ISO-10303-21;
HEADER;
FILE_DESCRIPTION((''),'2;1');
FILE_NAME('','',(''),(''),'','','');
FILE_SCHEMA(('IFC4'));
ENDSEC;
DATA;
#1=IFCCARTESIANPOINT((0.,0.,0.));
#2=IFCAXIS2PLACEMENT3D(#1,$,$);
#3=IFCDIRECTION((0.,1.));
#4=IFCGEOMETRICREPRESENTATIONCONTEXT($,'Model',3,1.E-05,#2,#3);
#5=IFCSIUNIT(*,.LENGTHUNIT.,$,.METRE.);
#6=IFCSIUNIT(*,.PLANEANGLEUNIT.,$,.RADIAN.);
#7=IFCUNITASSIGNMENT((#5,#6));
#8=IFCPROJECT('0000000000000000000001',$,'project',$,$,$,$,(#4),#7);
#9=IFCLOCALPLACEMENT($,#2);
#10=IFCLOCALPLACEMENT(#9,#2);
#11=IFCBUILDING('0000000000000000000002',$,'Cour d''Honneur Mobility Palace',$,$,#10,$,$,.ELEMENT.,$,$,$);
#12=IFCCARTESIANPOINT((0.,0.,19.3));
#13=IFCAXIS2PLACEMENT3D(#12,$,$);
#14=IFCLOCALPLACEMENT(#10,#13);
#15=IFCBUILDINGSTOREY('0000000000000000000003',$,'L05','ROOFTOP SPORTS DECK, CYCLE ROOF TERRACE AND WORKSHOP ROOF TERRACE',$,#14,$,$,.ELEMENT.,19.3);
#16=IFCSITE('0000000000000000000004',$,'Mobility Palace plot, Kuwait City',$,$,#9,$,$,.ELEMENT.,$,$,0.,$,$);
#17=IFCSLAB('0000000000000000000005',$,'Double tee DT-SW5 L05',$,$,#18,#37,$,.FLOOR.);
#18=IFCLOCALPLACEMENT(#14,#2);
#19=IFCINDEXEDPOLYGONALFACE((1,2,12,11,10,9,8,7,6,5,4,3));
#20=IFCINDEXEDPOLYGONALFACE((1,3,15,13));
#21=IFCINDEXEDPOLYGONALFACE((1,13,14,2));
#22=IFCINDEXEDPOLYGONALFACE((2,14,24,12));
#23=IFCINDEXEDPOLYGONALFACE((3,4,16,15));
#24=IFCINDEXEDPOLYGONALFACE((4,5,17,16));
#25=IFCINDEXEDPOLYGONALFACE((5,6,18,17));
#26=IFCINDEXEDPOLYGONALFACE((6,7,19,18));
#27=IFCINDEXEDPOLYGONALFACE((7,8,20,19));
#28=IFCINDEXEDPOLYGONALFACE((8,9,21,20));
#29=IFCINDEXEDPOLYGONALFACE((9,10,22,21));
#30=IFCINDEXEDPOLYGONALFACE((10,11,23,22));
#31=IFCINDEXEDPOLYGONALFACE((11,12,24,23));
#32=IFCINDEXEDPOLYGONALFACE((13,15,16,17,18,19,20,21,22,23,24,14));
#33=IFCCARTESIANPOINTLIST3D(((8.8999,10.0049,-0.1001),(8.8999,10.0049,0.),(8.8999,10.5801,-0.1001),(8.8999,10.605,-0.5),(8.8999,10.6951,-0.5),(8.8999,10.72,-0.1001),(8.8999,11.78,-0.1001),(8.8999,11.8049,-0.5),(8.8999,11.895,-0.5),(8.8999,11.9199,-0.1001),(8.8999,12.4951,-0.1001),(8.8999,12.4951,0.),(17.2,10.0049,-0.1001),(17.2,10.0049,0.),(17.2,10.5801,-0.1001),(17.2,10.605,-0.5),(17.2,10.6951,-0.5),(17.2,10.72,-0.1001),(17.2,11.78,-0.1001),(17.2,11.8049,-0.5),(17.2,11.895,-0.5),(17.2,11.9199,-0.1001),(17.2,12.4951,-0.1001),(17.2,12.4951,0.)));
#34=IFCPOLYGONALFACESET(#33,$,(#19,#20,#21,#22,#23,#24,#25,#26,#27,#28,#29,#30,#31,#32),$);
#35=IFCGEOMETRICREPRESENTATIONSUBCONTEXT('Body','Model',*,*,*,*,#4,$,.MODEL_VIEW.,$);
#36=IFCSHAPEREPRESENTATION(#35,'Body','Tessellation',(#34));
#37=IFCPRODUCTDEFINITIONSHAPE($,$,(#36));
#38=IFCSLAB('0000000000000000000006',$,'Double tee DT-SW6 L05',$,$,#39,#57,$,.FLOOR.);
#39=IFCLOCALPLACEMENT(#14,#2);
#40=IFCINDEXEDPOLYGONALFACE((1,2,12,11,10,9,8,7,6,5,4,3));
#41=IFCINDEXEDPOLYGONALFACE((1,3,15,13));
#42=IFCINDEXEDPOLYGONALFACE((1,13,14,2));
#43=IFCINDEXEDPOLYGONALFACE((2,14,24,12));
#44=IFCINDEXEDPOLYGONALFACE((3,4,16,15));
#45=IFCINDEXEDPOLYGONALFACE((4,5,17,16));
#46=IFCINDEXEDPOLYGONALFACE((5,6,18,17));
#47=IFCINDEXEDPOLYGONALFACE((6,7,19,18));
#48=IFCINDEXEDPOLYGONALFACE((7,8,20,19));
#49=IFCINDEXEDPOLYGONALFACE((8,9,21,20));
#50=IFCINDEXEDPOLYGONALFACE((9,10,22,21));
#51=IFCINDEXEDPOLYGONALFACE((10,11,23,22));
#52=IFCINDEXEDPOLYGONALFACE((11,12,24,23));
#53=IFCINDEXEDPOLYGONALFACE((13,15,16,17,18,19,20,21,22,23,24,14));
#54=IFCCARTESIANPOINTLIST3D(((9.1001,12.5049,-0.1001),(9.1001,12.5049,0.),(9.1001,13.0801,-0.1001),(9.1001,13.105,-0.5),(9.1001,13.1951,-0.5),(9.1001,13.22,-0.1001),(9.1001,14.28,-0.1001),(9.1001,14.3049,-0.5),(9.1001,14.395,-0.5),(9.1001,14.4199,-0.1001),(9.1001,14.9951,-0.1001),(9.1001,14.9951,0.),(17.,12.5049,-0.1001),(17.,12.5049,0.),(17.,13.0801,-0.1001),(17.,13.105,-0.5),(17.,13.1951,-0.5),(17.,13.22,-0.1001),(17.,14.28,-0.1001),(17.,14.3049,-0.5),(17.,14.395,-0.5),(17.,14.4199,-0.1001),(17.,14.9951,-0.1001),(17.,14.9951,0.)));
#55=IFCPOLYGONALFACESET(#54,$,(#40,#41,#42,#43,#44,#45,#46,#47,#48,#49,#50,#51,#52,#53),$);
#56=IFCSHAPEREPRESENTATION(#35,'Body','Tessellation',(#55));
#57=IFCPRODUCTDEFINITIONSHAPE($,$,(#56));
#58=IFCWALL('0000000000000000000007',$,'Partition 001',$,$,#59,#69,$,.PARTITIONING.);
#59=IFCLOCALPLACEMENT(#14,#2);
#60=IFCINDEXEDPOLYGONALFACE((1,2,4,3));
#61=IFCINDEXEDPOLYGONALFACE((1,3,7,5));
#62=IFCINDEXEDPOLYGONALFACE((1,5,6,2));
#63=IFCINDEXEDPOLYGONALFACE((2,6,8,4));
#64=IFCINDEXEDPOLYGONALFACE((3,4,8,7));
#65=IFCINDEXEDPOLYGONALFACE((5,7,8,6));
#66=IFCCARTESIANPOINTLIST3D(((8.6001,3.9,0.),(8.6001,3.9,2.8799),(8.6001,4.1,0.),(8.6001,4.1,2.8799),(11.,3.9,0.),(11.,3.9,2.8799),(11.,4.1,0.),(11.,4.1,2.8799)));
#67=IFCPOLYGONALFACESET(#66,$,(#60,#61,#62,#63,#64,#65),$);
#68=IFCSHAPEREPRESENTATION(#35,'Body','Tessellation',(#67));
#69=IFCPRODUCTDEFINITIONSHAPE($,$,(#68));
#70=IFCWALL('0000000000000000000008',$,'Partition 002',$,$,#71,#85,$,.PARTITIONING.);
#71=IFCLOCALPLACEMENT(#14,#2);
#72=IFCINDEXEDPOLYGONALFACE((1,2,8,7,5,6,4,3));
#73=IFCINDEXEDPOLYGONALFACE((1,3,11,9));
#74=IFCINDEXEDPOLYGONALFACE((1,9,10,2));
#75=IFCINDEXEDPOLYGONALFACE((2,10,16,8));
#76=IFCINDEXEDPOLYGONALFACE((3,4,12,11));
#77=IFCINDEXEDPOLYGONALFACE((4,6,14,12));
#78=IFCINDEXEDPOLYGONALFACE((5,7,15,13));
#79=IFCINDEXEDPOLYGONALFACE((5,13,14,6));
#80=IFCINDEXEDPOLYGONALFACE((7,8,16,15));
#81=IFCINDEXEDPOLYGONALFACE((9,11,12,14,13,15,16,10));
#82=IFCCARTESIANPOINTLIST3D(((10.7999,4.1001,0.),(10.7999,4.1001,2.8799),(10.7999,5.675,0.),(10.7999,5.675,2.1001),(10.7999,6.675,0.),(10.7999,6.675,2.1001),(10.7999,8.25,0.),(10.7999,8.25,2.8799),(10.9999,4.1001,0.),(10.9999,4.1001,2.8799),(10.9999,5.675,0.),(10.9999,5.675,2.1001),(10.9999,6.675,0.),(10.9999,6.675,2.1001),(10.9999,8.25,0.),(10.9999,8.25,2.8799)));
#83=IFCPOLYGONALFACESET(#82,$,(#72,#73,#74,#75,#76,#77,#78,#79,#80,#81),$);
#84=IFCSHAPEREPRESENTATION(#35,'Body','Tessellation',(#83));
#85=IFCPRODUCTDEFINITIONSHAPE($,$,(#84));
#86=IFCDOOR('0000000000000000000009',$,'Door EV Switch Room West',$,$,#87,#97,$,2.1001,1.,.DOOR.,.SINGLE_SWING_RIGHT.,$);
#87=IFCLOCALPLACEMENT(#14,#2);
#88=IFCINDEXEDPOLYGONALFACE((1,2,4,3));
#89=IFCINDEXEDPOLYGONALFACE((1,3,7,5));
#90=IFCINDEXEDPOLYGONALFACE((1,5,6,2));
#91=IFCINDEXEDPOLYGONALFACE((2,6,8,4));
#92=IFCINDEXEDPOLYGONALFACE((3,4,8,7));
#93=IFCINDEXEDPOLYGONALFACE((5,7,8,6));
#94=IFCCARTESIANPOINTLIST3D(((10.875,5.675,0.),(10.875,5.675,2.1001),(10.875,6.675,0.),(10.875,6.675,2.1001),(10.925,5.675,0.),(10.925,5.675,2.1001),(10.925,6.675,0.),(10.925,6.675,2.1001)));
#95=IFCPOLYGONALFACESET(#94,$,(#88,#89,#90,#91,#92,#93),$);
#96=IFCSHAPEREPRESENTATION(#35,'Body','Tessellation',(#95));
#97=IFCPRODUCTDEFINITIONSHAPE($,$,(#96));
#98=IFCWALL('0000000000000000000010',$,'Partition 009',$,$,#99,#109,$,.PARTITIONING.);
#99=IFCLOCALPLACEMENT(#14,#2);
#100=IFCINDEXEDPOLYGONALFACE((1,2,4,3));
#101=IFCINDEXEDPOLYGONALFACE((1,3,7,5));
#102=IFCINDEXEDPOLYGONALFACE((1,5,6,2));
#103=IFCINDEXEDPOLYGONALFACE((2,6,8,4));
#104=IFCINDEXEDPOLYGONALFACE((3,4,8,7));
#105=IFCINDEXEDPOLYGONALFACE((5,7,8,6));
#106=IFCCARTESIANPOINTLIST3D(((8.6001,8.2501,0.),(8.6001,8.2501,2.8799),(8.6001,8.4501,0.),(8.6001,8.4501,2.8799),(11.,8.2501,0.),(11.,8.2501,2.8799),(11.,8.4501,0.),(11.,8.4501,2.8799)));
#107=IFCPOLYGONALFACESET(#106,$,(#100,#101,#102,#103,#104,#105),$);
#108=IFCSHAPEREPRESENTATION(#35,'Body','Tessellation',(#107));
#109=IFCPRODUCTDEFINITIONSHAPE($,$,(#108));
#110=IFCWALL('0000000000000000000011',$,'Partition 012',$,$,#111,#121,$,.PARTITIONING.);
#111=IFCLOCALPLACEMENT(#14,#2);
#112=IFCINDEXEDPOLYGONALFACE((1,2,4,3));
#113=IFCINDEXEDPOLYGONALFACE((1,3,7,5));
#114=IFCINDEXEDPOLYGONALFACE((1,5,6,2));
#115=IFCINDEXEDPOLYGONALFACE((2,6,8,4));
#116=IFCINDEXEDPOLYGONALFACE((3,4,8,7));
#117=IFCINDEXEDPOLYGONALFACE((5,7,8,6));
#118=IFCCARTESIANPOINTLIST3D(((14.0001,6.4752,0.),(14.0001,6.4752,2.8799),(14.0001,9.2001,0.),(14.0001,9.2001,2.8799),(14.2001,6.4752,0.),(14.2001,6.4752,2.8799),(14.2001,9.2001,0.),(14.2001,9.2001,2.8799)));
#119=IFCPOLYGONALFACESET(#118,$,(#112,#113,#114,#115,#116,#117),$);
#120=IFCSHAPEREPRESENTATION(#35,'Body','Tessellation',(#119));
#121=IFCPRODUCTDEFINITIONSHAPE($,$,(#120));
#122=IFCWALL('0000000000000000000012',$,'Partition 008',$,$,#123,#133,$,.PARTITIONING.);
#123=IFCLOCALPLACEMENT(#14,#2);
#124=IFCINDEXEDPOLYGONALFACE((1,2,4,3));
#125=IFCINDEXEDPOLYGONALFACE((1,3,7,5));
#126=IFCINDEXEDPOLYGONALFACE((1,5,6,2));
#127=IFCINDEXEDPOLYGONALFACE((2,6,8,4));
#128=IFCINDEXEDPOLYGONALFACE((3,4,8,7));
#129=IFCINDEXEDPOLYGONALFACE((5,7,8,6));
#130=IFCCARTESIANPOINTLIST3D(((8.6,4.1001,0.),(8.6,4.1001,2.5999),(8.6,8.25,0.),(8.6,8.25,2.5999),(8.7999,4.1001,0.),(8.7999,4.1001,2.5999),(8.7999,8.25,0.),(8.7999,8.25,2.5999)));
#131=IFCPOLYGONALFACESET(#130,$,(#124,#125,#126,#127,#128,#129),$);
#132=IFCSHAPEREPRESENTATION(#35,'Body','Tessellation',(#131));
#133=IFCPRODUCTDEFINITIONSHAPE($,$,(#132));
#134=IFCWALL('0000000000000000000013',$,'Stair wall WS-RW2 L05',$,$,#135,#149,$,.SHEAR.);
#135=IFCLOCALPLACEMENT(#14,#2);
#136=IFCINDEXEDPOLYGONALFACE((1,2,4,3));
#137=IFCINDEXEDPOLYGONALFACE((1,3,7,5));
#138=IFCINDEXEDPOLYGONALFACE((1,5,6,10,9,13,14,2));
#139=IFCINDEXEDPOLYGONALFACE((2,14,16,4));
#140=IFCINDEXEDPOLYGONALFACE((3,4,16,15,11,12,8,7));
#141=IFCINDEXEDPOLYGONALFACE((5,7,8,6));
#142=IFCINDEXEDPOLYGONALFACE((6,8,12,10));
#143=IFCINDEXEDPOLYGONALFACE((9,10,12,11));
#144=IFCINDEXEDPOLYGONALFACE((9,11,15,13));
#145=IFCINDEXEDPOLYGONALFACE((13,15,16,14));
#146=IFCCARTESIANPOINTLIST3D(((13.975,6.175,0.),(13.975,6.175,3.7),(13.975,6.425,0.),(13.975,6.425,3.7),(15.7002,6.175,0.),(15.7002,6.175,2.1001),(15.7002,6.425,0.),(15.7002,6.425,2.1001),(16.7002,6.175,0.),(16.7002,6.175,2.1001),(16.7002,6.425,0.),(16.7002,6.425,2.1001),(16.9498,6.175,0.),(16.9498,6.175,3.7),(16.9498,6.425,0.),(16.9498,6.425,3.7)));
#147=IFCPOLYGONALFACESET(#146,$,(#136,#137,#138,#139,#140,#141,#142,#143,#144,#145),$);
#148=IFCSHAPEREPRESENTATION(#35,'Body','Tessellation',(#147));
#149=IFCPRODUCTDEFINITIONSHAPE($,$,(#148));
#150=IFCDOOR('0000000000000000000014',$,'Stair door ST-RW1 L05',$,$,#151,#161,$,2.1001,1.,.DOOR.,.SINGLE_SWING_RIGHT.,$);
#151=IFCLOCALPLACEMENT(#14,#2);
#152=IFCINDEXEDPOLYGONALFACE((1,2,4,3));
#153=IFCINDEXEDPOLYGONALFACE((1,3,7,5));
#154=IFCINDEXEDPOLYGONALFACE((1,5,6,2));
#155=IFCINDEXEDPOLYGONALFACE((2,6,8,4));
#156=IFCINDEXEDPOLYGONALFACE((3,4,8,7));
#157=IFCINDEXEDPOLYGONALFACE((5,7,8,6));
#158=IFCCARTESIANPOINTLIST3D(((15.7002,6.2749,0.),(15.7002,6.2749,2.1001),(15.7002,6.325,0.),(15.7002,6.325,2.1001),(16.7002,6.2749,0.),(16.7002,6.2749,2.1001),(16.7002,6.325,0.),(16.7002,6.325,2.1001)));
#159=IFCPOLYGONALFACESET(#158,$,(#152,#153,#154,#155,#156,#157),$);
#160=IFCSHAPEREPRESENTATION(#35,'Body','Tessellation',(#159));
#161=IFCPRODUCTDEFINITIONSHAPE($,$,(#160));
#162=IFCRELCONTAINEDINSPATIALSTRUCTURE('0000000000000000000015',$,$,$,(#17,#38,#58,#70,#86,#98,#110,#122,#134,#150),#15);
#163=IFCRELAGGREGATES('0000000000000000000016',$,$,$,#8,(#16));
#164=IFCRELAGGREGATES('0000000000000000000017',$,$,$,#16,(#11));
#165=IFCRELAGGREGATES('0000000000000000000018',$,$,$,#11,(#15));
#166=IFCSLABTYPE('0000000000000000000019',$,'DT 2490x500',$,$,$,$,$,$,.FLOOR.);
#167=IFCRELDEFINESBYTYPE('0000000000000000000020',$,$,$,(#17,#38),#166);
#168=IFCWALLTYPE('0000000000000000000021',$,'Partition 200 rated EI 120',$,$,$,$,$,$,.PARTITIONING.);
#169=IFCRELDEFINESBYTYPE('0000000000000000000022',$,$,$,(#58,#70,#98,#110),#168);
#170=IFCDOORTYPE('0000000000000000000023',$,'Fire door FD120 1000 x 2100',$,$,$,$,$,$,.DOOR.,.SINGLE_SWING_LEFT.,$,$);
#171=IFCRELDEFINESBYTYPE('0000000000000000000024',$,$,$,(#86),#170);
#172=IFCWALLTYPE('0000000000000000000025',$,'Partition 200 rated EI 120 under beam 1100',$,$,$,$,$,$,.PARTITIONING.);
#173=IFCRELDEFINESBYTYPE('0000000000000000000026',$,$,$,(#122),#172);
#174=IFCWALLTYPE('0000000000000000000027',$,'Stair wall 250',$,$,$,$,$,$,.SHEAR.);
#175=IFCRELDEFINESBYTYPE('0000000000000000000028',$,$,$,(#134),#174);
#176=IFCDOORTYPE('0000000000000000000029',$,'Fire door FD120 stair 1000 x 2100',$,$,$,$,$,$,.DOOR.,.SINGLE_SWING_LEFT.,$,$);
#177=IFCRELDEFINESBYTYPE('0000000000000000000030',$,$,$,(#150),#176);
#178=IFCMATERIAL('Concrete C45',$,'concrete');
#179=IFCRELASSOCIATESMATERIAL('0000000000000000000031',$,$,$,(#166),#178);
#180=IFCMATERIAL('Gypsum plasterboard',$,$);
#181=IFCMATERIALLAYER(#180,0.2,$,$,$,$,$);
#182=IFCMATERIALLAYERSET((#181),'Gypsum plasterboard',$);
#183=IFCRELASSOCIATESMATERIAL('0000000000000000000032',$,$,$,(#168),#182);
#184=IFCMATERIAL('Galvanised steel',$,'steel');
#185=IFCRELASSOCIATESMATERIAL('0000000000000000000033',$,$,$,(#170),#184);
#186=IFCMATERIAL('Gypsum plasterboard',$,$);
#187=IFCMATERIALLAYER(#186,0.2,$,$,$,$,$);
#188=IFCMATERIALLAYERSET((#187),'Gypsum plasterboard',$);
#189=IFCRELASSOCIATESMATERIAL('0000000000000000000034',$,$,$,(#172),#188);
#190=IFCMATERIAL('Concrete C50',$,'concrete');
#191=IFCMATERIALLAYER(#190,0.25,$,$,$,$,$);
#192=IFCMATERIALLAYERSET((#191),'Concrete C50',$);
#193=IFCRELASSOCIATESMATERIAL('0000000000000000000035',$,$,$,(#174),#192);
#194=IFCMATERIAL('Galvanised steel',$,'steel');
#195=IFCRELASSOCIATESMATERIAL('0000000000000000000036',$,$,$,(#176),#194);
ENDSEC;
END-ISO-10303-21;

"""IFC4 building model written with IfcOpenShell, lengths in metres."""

from ifc_helpers import new_model, si_unit, direction, frame, frame_2d, origin, place, context, subcontext, project, spatial, polyline, rectangle, outline, extrude, material, layer, layer_set, material_profile, profile_set, type_object, element, fill, save


model = new_model("IFC4")

# Units and contexts
model_context = context("Model", 3, precision=1e-05, world=origin(), true_north=direction((0.0, 1.0)))
body_context = subcontext(model_context, "Body", "Model", "MODEL_VIEW")
ifc_project = project(units=[si_unit("LENGTHUNIT", "METRE"), si_unit("PLANEANGLEUNIT", "RADIAN")], contexts=[model_context])

# Site, building, storey
site_placement = place(None, origin())
site = spatial("IfcSite", under=ifc_project, at=site_placement, Name="Mobility Palace plot, Kuwait City", CompositionType="ELEMENT", RefElevation=0.0)
building_placement = place(site_placement, origin())
building = spatial("IfcBuilding", under=site, at=building_placement, Name="Cour d'Honneur Mobility Palace", CompositionType="ELEMENT")
storey_placement = place(building_placement, frame((0.0, 0.0, 19.3)))
storey = spatial("IfcBuildingStorey", under=building, at=storey_placement, Name="L05", Description="ROOFTOP SPORTS DECK, CYCLE ROOF TERRACE AND WORKSHOP ROOF TERRACE", CompositionType="ELEMENT", Elevation=19.3)

# Slabs
ifc_material_1 = material(Name="Concrete C45", Category="concrete")
ifc_material_profile_1 = material_profile(ifc_material_1, outline(polyline([(-1.2451, 0.0), (1.2451, 0.0), (1.2451, -0.1001), (0.6699, -0.1001), (0.645, -0.5), (0.5549, -0.5), (0.53, -0.1001), (-0.53, -0.1001), (-0.5549, -0.5), (-0.645, -0.5), (-0.6699, -0.1001), (-1.2451, -0.1001), (-1.2451, 0.0)])), Name="DT 2490x500")
ifc_profile_set_1 = profile_set([ifc_material_profile_1], Name="Concrete C45")
slab_type_1 = type_object("IfcSlabType", Name="DT 2490x500", PredefinedType="FLOOR", material=ifc_profile_set_1)
slab_1_placement = place(storey_placement, frame((8.8999, 11.25, 0.0), z_axis=(1.0, 0.0, 0.0), x_axis=(0.0, 1.0, 0.0)))
element("IfcSlab", 1, at=slab_1_placement, inside=storey, type_object=slab_type_1, Name="Double tee DT-SW5 L05", PredefinedType="FLOOR", context=body_context, shape_type="SweptSolid", body=[
    extrude(outline(polyline([(-1.2451, 0.0), (1.2451, 0.0), (1.2451, -0.1001), (0.6699, -0.1001), (0.645, -0.5), (0.5549, -0.5), (0.53, -0.1001), (-0.53, -0.1001), (-0.5549, -0.5), (-0.645, -0.5), (-0.6699, -0.1001), (-1.2451, -0.1001), (-1.2451, 0.0)])), origin(), (0.0, 0.0, 1.0), 8.3),
])
slab_2_placement = place(storey_placement, frame((9.1001, 13.75, 0.0), z_axis=(1.0, 0.0, 0.0), x_axis=(0.0, 1.0, 0.0)))
element("IfcSlab", 2, at=slab_2_placement, inside=storey, type_object=slab_type_1, Name="Double tee DT-SW6 L05", PredefinedType="FLOOR", context=body_context, shape_type="SweptSolid", body=[
    extrude(outline(polyline([(-1.2451, 0.0), (1.2451, 0.0), (1.2451, -0.1001), (0.6699, -0.1001), (0.645, -0.5), (0.5549, -0.5), (0.53, -0.1001), (-0.53, -0.1001), (-0.5549, -0.5), (-0.645, -0.5), (-0.6699, -0.1001), (-1.2451, -0.1001), (-1.2451, 0.0)])), origin(), (0.0, 0.0, 1.0), 7.8999),
])

# Wall
ifc_material_2 = material(Name="Gypsum plasterboard")
ifc_layer_1 = layer(ifc_material_2, 0.2)
ifc_layer_set_1 = layer_set([ifc_layer_1], Name="Gypsum plasterboard")
wall_type_1 = type_object("IfcWallType", Name="Partition 200 rated EI 120", PredefinedType="PARTITIONING", material=ifc_layer_set_1)
wall_1_placement = place(storey_placement, frame((8.6001, 4.0, 0.0), z_axis=(0.0, 0.0, 1.0), x_axis=(1.0, 0.0, 0.0)))
element("IfcWall", 3, at=wall_1_placement, inside=storey, type_object=wall_type_1, Name="Partition 001", PredefinedType="PARTITIONING", context=body_context, shape_type="SweptSolid", body=[
    extrude(rectangle(XDim=2.3999, YDim=0.2, at=frame_2d((1.2, 0.0))), origin(), (0.0, 0.0, 1.0), 2.8799),
])

# Wall, opening, door
wall_2_placement = place(storey_placement, frame((10.8999, 4.1001, 0.0), z_axis=(0.0, 0.0, 1.0), x_axis=(0.0, 1.0, 0.0)))
wall_2 = element("IfcWall", 4, at=wall_2_placement, inside=storey, type_object=wall_type_1, Name="Partition 002", PredefinedType="PARTITIONING", context=body_context, shape_type="SweptSolid", body=[
    extrude(rectangle(XDim=4.1499, YDim=0.2, at=frame_2d((2.075, 0.0))), origin(), (0.0, 0.0, 1.0), 2.8799),
])
opening_1_placement = place(wall_2_placement, frame((1.575, 0.0, 0.0)))
opening_1 = element("IfcOpeningElement", 5, at=opening_1_placement, cuts=wall_2, PredefinedType="OPENING", context=body_context, shape_type="SweptSolid", body=[
    extrude(rectangle(XDim=1.0, YDim=2.1001, at=frame_2d((0.5, 1.05))), frame((0.0, 0.1099, 0.0), z_axis=(0.0, -1.0, 0.0), x_axis=(1.0, 0.0, 0.0)), (0.0, 0.0, 1.0), 0.22),
])
ifc_material_3 = material(Name="Galvanised steel", Category="steel")
door_type_1 = type_object("IfcDoorType", Name="Fire door FD120 1000 x 2100", OperationType="SINGLE_SWING_LEFT", PredefinedType="DOOR", material=ifc_material_3)
door_1_placement = place(opening_1_placement, origin())
door_1 = element("IfcDoor", 6, at=door_1_placement, inside=storey, type_object=door_type_1, Name="Door EV Switch Room West", OperationType="SINGLE_SWING_RIGHT", OverallHeight=2.1001, OverallWidth=1.0, PredefinedType="DOOR", context=body_context, shape_type="SweptSolid", body=[
    extrude(rectangle(XDim=1.0, YDim=2.1001, at=frame_2d((0.5, 1.05))), frame((0.0, 0.0249, 0.0), z_axis=(0.0, -1.0, 0.0), x_axis=(1.0, 0.0, 0.0)), (0.0, 0.0, 1.0), 0.05),
])
fill(opening_1, door_1)

# Walls
wall_3_placement = place(storey_placement, frame((11.0, 8.3501, 0.0), z_axis=(0.0, 0.0, 1.0), x_axis=(-1.0, 0.0, 0.0)))
element("IfcWall", 7, at=wall_3_placement, inside=storey, type_object=wall_type_1, Name="Partition 009", PredefinedType="PARTITIONING", context=body_context, shape_type="SweptSolid", body=[
    extrude(rectangle(XDim=2.3999, YDim=0.2, at=frame_2d((1.2, 0.0))), origin(), (0.0, 0.0, 1.0), 2.8799),
])
wall_4_placement = place(storey_placement, frame((14.1001, 9.2, 0.0), z_axis=(0.0, 0.0, 1.0), x_axis=(0.0, -1.0, 0.0)))
element("IfcWall", 8, at=wall_4_placement, inside=storey, type_object=wall_type_1, Name="Partition 012", PredefinedType="PARTITIONING", context=body_context, shape_type="SweptSolid", body=[
    extrude(rectangle(XDim=2.7249, YDim=0.2, at=frame_2d((1.3623, 0.0))), origin(), (0.0, 0.0, 1.0), 2.8799),
])
ifc_material_4 = material(Name="Gypsum plasterboard")
ifc_layer_2 = layer(ifc_material_4, 0.2)
ifc_layer_set_2 = layer_set([ifc_layer_2], Name="Gypsum plasterboard")
wall_type_2 = type_object("IfcWallType", Name="Partition 200 rated EI 120 under beam 1100", PredefinedType="PARTITIONING", material=ifc_layer_set_2)
wall_5_placement = place(storey_placement, frame((8.7, 8.25, 0.0), z_axis=(0.0, 0.0, 1.0), x_axis=(0.0, -1.0, 0.0)))
element("IfcWall", 9, at=wall_5_placement, inside=storey, type_object=wall_type_2, Name="Partition 008", PredefinedType="PARTITIONING", context=body_context, shape_type="SweptSolid", body=[
    extrude(rectangle(XDim=4.1499, YDim=0.2, at=frame_2d((2.075, 0.0))), origin(), (0.0, 0.0, 1.0), 2.5999),
])

# Wall, opening, door
ifc_material_5 = material(Name="Concrete C50", Category="concrete")
ifc_layer_3 = layer(ifc_material_5, 0.25)
ifc_layer_set_3 = layer_set([ifc_layer_3], Name="Concrete C50")
wall_type_3 = type_object("IfcWallType", Name="Stair wall 250", PredefinedType="SHEAR", material=ifc_layer_set_3)
wall_6_placement = place(storey_placement, frame((13.9751, 6.3, 0.0), z_axis=(0.0, 0.0, 1.0), x_axis=(1.0, 0.0, 0.0)))
wall_6 = element("IfcWall", 10, at=wall_6_placement, inside=storey, type_object=wall_type_3, Name="Stair wall WS-RW2 L05", PredefinedType="SHEAR", context=body_context, shape_type="SweptSolid", body=[
    extrude(rectangle(XDim=2.9749, YDim=0.25, at=frame_2d((1.4873, 0.0))), origin(), (0.0, 0.0, 1.0), 3.7),
])
opening_2_placement = place(wall_6_placement, frame((1.7251, 0.0, 0.0)))
opening_2 = element("IfcOpeningElement", 11, at=opening_2_placement, cuts=wall_6, PredefinedType="OPENING", context=body_context, shape_type="SweptSolid", body=[
    extrude(rectangle(XDim=1.0, YDim=2.1001, at=frame_2d((0.5, 1.05))), frame((0.0, 0.135, 0.0), z_axis=(0.0, -1.0, 0.0), x_axis=(1.0, 0.0, 0.0)), (0.0, 0.0, 1.0), 0.27),
])
ifc_material_6 = material(Name="Galvanised steel", Category="steel")
door_type_2 = type_object("IfcDoorType", Name="Fire door FD120 stair 1000 x 2100", OperationType="SINGLE_SWING_LEFT", PredefinedType="DOOR", material=ifc_material_6)
door_2_placement = place(opening_2_placement, origin())
door_2 = element("IfcDoor", 12, at=door_2_placement, inside=storey, type_object=door_type_2, Name="Stair door ST-RW1 L05", OperationType="SINGLE_SWING_RIGHT", OverallHeight=2.1001, OverallWidth=1.0, PredefinedType="DOOR", context=body_context, shape_type="SweptSolid", body=[
    extrude(rectangle(XDim=1.0, YDim=2.1001, at=frame_2d((0.5, 1.05))), frame((0.0, 0.0249, 0.0), z_axis=(0.0, -1.0, 0.0), x_axis=(1.0, 0.0, 0.0)), (0.0, 0.0, 1.0), 0.05),
])
fill(opening_2, door_2)

save(model, "model.ifc")
